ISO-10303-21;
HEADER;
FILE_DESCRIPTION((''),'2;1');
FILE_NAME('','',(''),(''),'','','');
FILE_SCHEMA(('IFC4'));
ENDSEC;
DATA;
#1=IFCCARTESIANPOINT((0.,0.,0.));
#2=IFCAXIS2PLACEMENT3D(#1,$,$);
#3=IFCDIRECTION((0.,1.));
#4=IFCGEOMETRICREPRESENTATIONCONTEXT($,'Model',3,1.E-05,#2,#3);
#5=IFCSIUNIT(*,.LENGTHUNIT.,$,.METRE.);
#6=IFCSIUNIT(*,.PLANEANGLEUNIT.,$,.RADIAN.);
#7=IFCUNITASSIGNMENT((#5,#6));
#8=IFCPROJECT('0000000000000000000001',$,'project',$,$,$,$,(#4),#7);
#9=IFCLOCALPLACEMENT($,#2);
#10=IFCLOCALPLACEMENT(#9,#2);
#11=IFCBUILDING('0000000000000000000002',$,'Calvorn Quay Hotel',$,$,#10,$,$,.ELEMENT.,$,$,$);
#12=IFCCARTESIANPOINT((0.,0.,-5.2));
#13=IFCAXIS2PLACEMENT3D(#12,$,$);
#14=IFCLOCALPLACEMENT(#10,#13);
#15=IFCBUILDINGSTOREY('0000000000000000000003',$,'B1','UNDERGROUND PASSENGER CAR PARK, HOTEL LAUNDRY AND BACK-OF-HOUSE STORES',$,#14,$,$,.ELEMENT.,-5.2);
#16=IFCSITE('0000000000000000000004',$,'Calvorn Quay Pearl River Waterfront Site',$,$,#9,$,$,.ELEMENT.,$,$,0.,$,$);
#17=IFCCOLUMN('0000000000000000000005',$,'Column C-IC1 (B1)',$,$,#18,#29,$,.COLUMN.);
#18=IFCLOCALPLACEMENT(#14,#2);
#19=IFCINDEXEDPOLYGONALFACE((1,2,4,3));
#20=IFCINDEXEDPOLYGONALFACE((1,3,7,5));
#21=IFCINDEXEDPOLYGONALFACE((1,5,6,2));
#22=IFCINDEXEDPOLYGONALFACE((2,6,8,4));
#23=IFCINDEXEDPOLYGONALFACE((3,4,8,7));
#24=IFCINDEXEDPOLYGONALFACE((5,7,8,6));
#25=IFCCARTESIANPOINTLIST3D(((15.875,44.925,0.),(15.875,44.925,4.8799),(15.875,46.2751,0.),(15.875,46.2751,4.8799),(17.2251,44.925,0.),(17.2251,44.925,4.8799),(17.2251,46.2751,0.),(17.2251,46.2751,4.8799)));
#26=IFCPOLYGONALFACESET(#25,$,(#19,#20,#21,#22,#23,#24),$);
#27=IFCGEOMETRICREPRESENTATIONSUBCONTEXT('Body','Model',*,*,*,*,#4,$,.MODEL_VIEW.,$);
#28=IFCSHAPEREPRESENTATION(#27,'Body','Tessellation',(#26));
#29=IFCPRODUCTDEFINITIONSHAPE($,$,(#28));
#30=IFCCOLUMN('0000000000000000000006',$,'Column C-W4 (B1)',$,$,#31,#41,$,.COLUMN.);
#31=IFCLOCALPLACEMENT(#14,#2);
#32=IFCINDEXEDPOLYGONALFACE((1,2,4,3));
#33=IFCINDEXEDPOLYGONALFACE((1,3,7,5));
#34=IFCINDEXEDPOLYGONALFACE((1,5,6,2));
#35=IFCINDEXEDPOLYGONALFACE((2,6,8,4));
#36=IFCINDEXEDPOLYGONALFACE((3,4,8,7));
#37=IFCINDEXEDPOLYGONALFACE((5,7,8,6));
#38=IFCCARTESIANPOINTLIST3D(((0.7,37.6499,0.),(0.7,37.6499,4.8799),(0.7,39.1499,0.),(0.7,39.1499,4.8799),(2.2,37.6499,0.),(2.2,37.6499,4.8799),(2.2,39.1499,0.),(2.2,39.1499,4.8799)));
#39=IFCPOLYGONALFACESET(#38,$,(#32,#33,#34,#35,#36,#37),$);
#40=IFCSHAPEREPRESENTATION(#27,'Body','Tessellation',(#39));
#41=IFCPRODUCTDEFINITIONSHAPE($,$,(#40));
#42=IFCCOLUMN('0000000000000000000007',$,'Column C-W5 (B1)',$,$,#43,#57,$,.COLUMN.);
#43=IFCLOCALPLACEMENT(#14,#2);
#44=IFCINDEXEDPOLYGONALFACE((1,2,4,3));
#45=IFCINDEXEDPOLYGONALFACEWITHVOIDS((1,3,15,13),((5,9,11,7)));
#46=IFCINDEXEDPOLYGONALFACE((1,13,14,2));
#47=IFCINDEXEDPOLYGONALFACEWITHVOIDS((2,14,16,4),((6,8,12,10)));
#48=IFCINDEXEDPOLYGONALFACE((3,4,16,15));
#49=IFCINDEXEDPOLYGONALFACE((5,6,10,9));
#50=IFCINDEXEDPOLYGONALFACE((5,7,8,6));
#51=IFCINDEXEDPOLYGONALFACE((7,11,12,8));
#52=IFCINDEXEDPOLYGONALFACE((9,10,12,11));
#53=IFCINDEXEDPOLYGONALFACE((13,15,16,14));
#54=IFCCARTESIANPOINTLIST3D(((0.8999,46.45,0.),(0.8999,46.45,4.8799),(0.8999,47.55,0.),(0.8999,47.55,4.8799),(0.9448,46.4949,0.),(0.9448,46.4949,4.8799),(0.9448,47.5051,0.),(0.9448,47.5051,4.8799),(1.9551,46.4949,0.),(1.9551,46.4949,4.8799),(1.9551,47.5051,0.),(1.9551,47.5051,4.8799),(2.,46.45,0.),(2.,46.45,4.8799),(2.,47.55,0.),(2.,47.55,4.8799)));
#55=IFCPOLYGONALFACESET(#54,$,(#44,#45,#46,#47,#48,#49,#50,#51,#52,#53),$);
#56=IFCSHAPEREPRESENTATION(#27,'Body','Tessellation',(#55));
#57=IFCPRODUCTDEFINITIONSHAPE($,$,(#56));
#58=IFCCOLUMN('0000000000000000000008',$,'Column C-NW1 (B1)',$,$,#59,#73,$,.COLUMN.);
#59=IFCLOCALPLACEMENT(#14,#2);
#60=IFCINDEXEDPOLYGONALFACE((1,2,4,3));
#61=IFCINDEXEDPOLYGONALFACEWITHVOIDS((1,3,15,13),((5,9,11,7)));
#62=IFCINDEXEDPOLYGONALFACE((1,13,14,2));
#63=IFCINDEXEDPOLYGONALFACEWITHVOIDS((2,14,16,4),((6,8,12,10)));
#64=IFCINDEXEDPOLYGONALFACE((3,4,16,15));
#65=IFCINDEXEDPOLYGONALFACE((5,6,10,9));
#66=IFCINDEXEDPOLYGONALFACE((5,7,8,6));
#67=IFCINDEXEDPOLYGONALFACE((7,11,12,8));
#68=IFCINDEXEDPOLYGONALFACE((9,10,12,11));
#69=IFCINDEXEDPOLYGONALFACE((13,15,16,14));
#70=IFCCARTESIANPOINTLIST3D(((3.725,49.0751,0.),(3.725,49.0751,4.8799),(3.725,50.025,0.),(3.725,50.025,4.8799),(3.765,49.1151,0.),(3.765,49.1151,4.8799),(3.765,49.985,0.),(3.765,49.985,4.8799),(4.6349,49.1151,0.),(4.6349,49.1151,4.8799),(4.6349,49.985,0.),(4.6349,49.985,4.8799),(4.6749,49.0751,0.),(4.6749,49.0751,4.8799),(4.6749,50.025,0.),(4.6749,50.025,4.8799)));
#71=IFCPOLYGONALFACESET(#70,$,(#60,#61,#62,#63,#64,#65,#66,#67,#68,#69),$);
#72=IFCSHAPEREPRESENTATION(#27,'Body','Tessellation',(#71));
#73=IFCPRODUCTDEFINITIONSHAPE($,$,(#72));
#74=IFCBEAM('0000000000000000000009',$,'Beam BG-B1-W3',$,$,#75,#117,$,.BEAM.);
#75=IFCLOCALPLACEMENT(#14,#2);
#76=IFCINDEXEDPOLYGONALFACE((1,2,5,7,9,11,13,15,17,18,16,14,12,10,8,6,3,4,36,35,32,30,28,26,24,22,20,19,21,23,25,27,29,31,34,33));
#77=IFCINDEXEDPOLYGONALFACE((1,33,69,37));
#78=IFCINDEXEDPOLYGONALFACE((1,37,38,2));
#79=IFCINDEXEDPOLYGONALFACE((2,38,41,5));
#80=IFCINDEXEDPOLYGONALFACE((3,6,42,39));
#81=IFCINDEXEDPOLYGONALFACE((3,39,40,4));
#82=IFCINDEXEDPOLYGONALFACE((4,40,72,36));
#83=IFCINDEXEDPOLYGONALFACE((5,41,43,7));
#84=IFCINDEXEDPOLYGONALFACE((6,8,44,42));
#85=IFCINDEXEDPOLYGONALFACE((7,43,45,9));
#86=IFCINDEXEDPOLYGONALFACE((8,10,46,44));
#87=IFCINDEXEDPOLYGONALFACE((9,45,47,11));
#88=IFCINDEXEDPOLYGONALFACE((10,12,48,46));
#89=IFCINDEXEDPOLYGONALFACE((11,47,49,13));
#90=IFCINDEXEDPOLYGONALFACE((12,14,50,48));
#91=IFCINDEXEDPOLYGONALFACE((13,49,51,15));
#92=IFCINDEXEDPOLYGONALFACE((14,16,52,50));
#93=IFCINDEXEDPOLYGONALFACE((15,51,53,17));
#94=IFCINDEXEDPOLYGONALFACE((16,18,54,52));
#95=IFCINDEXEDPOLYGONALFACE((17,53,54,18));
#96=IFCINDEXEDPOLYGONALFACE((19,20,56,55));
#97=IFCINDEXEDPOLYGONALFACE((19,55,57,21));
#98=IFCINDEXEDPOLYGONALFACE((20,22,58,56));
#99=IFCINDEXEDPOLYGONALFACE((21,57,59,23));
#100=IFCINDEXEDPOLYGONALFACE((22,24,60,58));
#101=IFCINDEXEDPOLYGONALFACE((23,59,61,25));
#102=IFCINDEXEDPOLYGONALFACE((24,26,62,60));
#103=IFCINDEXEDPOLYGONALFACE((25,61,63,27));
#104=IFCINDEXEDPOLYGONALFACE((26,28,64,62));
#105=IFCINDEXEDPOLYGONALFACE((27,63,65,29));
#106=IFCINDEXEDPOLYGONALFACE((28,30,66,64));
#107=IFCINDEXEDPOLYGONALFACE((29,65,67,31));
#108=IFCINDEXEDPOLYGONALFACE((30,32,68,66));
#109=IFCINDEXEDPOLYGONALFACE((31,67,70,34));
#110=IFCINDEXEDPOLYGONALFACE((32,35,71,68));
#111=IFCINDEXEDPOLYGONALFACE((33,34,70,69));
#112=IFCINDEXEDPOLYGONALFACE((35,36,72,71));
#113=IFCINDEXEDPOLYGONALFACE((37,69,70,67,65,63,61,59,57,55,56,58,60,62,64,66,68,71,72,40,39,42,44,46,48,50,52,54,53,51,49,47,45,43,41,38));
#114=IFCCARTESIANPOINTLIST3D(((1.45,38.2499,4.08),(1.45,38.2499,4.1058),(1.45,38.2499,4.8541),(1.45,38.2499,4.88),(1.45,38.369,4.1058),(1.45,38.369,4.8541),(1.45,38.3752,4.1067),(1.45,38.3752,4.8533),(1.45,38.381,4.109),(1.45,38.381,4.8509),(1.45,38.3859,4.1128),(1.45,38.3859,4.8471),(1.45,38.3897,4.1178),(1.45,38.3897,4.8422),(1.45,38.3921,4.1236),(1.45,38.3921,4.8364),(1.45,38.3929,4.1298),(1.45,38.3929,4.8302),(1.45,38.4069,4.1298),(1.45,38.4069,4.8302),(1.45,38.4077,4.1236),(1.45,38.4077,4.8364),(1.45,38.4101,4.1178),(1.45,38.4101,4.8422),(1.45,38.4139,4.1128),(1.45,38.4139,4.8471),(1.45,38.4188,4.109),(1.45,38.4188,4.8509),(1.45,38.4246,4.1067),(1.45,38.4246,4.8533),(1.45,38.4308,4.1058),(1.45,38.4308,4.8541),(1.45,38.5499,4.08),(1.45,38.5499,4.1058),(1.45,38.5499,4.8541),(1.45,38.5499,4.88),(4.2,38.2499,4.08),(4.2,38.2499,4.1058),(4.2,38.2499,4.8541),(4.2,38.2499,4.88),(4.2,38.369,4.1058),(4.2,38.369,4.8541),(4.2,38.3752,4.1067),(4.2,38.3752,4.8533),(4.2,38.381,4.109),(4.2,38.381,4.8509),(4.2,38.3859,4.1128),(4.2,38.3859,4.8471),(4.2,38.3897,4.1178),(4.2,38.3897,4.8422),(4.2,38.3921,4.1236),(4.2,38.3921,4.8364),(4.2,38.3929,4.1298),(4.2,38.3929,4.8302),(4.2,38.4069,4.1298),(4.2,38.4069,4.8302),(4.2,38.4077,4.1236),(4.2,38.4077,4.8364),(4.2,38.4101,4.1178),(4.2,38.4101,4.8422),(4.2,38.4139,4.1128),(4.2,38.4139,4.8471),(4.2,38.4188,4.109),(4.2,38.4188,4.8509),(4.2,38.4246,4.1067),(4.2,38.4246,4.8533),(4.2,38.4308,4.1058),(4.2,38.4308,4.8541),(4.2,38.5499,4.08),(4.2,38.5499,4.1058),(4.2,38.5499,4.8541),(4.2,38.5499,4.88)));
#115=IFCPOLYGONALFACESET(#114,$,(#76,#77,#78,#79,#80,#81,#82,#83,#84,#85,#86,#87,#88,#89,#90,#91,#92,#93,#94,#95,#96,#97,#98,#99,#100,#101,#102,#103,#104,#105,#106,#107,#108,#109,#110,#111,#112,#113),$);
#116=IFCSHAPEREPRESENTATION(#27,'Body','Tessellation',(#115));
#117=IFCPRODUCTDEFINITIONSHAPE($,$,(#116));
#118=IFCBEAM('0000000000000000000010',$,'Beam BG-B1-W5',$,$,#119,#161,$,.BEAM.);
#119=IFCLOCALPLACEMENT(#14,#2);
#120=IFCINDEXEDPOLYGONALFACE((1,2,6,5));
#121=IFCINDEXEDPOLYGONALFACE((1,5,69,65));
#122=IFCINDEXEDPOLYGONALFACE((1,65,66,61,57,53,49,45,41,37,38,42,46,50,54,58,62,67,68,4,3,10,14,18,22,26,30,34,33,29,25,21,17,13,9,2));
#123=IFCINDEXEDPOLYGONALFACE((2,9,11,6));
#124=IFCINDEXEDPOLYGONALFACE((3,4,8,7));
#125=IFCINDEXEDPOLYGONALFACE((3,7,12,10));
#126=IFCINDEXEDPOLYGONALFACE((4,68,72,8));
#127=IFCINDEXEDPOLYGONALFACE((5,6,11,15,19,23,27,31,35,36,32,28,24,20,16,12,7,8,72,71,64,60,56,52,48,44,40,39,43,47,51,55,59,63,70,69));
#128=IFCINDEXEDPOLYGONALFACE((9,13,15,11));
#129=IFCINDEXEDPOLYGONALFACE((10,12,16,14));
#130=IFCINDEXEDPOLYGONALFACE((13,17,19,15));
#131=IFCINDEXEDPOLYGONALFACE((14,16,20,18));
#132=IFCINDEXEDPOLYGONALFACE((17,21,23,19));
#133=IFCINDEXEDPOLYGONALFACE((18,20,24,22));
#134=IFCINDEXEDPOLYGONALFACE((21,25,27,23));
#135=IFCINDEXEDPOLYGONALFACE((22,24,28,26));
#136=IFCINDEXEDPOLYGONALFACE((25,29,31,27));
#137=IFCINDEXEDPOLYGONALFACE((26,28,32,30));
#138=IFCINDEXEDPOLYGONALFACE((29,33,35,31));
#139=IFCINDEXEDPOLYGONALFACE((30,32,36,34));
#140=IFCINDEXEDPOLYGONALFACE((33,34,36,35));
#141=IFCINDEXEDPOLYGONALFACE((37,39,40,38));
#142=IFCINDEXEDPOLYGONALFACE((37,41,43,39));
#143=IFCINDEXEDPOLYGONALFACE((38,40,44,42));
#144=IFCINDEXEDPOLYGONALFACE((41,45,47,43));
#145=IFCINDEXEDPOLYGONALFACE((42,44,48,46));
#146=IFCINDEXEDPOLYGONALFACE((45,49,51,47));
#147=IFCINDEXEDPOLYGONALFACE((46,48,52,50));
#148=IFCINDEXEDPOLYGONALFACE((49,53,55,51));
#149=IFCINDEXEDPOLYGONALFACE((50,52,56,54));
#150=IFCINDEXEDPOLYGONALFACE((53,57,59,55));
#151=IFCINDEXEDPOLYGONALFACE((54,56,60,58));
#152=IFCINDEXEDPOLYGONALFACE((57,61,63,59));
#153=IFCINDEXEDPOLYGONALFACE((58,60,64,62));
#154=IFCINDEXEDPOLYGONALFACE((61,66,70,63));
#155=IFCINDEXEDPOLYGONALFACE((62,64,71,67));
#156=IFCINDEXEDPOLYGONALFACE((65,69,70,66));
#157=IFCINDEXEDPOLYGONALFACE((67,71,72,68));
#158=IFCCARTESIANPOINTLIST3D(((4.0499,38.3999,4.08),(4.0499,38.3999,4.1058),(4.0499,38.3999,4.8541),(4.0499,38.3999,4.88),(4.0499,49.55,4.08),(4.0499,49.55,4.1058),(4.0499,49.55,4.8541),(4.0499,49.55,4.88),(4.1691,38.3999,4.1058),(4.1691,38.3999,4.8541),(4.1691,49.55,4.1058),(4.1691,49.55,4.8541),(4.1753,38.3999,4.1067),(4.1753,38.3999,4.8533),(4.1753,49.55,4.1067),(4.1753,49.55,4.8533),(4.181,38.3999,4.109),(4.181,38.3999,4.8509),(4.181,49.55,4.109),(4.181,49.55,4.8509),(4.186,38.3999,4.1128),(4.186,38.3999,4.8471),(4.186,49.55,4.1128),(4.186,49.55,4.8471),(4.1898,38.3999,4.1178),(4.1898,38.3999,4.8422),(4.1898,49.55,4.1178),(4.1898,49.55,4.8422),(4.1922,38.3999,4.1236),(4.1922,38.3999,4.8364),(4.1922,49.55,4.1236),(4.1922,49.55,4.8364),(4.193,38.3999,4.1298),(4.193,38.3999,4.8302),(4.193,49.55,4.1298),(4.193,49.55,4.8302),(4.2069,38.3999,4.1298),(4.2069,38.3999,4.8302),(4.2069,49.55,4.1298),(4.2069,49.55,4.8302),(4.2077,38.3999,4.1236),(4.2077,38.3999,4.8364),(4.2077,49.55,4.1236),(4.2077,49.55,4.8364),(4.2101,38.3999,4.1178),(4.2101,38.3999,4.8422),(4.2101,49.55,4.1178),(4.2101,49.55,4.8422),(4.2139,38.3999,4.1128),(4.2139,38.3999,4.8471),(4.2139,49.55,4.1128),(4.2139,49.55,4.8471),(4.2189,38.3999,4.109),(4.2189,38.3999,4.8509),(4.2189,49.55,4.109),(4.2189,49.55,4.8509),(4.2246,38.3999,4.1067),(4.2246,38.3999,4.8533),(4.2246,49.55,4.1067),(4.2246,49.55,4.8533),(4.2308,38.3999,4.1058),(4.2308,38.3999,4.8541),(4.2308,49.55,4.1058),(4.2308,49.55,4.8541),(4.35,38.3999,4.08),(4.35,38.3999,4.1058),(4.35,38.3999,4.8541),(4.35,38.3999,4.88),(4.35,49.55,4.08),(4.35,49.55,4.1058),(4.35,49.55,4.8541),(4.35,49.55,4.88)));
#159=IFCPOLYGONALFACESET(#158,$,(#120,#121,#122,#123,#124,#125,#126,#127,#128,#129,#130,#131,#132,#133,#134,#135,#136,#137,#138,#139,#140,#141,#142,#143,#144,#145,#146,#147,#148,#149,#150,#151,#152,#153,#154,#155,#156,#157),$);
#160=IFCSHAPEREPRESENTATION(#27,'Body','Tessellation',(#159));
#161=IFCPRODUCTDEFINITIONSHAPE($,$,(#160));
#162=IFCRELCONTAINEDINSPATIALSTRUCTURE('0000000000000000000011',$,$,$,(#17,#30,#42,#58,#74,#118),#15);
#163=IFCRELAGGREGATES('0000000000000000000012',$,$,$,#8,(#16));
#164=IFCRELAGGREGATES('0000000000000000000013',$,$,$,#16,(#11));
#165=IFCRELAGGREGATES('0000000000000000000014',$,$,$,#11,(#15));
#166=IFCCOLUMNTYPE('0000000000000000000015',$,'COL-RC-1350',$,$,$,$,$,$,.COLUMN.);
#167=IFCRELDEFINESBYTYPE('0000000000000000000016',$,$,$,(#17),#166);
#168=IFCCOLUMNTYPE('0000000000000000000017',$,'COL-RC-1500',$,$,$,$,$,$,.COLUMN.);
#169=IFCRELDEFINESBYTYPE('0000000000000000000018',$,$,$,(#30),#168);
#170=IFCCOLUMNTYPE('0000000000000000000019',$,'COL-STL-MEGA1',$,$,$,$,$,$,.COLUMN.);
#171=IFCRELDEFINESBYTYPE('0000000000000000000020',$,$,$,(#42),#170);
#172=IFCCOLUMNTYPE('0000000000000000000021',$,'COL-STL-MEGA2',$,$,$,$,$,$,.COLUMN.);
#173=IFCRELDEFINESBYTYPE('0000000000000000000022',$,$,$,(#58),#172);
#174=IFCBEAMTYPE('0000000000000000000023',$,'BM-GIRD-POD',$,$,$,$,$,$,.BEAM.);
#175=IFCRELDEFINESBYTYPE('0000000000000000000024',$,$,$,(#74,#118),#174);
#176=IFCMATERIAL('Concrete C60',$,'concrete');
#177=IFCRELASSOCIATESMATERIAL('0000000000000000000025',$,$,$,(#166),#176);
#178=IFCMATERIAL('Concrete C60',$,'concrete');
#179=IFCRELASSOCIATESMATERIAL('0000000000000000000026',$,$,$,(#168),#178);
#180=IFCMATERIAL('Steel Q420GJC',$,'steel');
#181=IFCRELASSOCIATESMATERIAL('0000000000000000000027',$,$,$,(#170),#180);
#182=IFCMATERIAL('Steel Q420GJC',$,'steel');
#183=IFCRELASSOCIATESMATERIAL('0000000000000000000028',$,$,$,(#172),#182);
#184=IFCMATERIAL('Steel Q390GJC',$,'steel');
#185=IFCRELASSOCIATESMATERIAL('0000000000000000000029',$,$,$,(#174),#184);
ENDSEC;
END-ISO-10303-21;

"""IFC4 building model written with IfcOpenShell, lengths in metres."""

from ifc_helpers import new_model, si_unit, direction, frame, origin, origin_2d, place, context, subcontext, project, spatial, rectangle, hollow_rectangle, i_section, extrude, material, material_profile, profile_set, type_object, element, save


model = new_model("IFC4")

# Units and contexts
model_context = context("Model", 3, precision=1e-05, world=origin(), true_north=direction((0.0, 1.0)))
body_context = subcontext(model_context, "Body", "Model", "MODEL_VIEW")
ifc_project = project(units=[si_unit("LENGTHUNIT", "METRE"), si_unit("PLANEANGLEUNIT", "RADIAN")], contexts=[model_context])

# Site, building, storey
site_placement = place(None, origin())
site = spatial("IfcSite", under=ifc_project, at=site_placement, Name="Calvorn Quay Pearl River Waterfront Site", CompositionType="ELEMENT", RefElevation=0.0)
building_placement = place(site_placement, origin())
building = spatial("IfcBuilding", under=site, at=building_placement, Name="Calvorn Quay Hotel", CompositionType="ELEMENT")
storey_placement = place(building_placement, frame((0.0, 0.0, -5.2)))
storey = spatial("IfcBuildingStorey", under=building, at=storey_placement, Name="B1", Description="UNDERGROUND PASSENGER CAR PARK, HOTEL LAUNDRY AND BACK-OF-HOUSE STORES", CompositionType="ELEMENT", Elevation=-5.2)

# Columns
ifc_material_1 = material(Name="Concrete C60", Category="concrete")
ifc_material_profile_1 = material_profile(ifc_material_1, rectangle(XDim=1.3501, YDim=1.3501, at=origin_2d()), Name="RC1350x1350")
ifc_profile_set_1 = profile_set([ifc_material_profile_1], Name="Concrete C60")
column_type_1 = type_object("IfcColumnType", Name="COL-RC-1350", PredefinedType="COLUMN", material=ifc_profile_set_1)
column_1_placement = place(storey_placement, frame((16.55, 45.6001, 0.0), z_axis=(0.0, 0.0, 1.0), x_axis=(1.0, 0.0, 0.0)))
element("IfcColumn", 1, at=column_1_placement, inside=storey, type_object=column_type_1, Name="Column C-IC1 (B1)", PredefinedType="COLUMN", context=body_context, shape_type="SweptSolid", body=[
    extrude(rectangle(XDim=1.3501, YDim=1.3501, at=origin_2d()), origin(), (0.0, 0.0, 1.0), 4.8799),
])
ifc_material_2 = material(Name="Concrete C60", Category="concrete")
ifc_material_profile_2 = material_profile(ifc_material_2, rectangle(XDim=1.5, YDim=1.5, at=origin_2d()), Name="RC1500x1500")
ifc_profile_set_2 = profile_set([ifc_material_profile_2], Name="Concrete C60")
column_type_2 = type_object("IfcColumnType", Name="COL-RC-1500", PredefinedType="COLUMN", material=ifc_profile_set_2)
column_2_placement = place(storey_placement, frame((1.45, 38.3999, 0.0), z_axis=(0.0, 0.0, 1.0), x_axis=(1.0, 0.0, 0.0)))
element("IfcColumn", 2, at=column_2_placement, inside=storey, type_object=column_type_2, Name="Column C-W4 (B1)", PredefinedType="COLUMN", context=body_context, shape_type="SweptSolid", body=[
    extrude(rectangle(XDim=1.5, YDim=1.5, at=origin_2d()), origin(), (0.0, 0.0, 1.0), 4.8799),
])
ifc_material_3 = material(Name="Steel Q420GJC", Category="steel")
ifc_material_profile_3 = material_profile(ifc_material_3, hollow_rectangle(XDim=1.1001, YDim=1.1001, WallThickness=0.0449, at=origin_2d()), Name="BOX1100x1100x45")
ifc_profile_set_3 = profile_set([ifc_material_profile_3], Name="Steel Q420GJC")
column_type_3 = type_object("IfcColumnType", Name="COL-STL-MEGA1", PredefinedType="COLUMN", material=ifc_profile_set_3)
column_3_placement = place(storey_placement, frame((1.45, 47.0, 0.0), z_axis=(0.0, 0.0, 1.0), x_axis=(1.0, 0.0, 0.0)))
element("IfcColumn", 3, at=column_3_placement, inside=storey, type_object=column_type_3, Name="Column C-W5 (B1)", PredefinedType="COLUMN", context=body_context, shape_type="SweptSolid", body=[
    extrude(hollow_rectangle(XDim=1.1001, YDim=1.1001, WallThickness=0.0449, at=origin_2d()), origin(), (0.0, 0.0, 1.0), 4.8799),
])
ifc_material_4 = material(Name="Steel Q420GJC", Category="steel")
ifc_material_profile_4 = material_profile(ifc_material_4, hollow_rectangle(XDim=0.95, YDim=0.95, WallThickness=0.04, at=origin_2d()), Name="BOX950x950x40")
ifc_profile_set_4 = profile_set([ifc_material_profile_4], Name="Steel Q420GJC")
column_type_4 = type_object("IfcColumnType", Name="COL-STL-MEGA2", PredefinedType="COLUMN", material=ifc_profile_set_4)
column_4_placement = place(storey_placement, frame((4.2, 49.55, 0.0), z_axis=(0.0, 0.0, 1.0), x_axis=(1.0, 0.0, 0.0)))
element("IfcColumn", 4, at=column_4_placement, inside=storey, type_object=column_type_4, Name="Column C-NW1 (B1)", PredefinedType="COLUMN", context=body_context, shape_type="SweptSolid", body=[
    extrude(hollow_rectangle(XDim=0.95, YDim=0.95, WallThickness=0.04, at=origin_2d()), origin(), (0.0, 0.0, 1.0), 4.8799),
])

# Beams
ifc_material_5 = material(Name="Steel Q390GJC", Category="steel")
ifc_material_profile_5 = material_profile(ifc_material_5, i_section(OverallWidth=0.3, OverallDepth=0.8, WebThickness=0.0139, FlangeThickness=0.0259, FilletRadius=0.0239, at=origin_2d()), Name="HN800x300x14x26")
ifc_profile_set_5 = profile_set([ifc_material_profile_5], Name="Steel Q390GJC")
beam_type_1 = type_object("IfcBeamType", Name="BM-GIRD-POD", PredefinedType="BEAM", material=ifc_profile_set_5)
beam_1_placement = place(storey_placement, frame((1.45, 38.3999, 4.48), z_axis=(1.0, 0.0, 0.0), x_axis=(0.0, 1.0, 0.0)))
element("IfcBeam", 5, at=beam_1_placement, inside=storey, type_object=beam_type_1, Name="Beam BG-B1-W3", PredefinedType="BEAM", context=body_context, shape_type="SweptSolid", body=[
    extrude(i_section(OverallWidth=0.3, OverallDepth=0.8, WebThickness=0.0139, FlangeThickness=0.0259, FilletRadius=0.0239, at=origin_2d()), origin(), (0.0, 0.0, 1.0), 2.75),
])
beam_2_placement = place(storey_placement, frame((4.2, 49.55, 4.48), z_axis=(0.0, -1.0, 0.0), x_axis=(1.0, 0.0, 0.0)))
element("IfcBeam", 6, at=beam_2_placement, inside=storey, type_object=beam_type_1, Name="Beam BG-B1-W5", PredefinedType="BEAM", context=body_context, shape_type="SweptSolid", body=[
    extrude(i_section(OverallWidth=0.3, OverallDepth=0.8, WebThickness=0.0139, FlangeThickness=0.0259, FilletRadius=0.0239, at=origin_2d()), origin(), (0.0, 0.0, 1.0), 11.1501),
])

save(model, "model.ifc")
